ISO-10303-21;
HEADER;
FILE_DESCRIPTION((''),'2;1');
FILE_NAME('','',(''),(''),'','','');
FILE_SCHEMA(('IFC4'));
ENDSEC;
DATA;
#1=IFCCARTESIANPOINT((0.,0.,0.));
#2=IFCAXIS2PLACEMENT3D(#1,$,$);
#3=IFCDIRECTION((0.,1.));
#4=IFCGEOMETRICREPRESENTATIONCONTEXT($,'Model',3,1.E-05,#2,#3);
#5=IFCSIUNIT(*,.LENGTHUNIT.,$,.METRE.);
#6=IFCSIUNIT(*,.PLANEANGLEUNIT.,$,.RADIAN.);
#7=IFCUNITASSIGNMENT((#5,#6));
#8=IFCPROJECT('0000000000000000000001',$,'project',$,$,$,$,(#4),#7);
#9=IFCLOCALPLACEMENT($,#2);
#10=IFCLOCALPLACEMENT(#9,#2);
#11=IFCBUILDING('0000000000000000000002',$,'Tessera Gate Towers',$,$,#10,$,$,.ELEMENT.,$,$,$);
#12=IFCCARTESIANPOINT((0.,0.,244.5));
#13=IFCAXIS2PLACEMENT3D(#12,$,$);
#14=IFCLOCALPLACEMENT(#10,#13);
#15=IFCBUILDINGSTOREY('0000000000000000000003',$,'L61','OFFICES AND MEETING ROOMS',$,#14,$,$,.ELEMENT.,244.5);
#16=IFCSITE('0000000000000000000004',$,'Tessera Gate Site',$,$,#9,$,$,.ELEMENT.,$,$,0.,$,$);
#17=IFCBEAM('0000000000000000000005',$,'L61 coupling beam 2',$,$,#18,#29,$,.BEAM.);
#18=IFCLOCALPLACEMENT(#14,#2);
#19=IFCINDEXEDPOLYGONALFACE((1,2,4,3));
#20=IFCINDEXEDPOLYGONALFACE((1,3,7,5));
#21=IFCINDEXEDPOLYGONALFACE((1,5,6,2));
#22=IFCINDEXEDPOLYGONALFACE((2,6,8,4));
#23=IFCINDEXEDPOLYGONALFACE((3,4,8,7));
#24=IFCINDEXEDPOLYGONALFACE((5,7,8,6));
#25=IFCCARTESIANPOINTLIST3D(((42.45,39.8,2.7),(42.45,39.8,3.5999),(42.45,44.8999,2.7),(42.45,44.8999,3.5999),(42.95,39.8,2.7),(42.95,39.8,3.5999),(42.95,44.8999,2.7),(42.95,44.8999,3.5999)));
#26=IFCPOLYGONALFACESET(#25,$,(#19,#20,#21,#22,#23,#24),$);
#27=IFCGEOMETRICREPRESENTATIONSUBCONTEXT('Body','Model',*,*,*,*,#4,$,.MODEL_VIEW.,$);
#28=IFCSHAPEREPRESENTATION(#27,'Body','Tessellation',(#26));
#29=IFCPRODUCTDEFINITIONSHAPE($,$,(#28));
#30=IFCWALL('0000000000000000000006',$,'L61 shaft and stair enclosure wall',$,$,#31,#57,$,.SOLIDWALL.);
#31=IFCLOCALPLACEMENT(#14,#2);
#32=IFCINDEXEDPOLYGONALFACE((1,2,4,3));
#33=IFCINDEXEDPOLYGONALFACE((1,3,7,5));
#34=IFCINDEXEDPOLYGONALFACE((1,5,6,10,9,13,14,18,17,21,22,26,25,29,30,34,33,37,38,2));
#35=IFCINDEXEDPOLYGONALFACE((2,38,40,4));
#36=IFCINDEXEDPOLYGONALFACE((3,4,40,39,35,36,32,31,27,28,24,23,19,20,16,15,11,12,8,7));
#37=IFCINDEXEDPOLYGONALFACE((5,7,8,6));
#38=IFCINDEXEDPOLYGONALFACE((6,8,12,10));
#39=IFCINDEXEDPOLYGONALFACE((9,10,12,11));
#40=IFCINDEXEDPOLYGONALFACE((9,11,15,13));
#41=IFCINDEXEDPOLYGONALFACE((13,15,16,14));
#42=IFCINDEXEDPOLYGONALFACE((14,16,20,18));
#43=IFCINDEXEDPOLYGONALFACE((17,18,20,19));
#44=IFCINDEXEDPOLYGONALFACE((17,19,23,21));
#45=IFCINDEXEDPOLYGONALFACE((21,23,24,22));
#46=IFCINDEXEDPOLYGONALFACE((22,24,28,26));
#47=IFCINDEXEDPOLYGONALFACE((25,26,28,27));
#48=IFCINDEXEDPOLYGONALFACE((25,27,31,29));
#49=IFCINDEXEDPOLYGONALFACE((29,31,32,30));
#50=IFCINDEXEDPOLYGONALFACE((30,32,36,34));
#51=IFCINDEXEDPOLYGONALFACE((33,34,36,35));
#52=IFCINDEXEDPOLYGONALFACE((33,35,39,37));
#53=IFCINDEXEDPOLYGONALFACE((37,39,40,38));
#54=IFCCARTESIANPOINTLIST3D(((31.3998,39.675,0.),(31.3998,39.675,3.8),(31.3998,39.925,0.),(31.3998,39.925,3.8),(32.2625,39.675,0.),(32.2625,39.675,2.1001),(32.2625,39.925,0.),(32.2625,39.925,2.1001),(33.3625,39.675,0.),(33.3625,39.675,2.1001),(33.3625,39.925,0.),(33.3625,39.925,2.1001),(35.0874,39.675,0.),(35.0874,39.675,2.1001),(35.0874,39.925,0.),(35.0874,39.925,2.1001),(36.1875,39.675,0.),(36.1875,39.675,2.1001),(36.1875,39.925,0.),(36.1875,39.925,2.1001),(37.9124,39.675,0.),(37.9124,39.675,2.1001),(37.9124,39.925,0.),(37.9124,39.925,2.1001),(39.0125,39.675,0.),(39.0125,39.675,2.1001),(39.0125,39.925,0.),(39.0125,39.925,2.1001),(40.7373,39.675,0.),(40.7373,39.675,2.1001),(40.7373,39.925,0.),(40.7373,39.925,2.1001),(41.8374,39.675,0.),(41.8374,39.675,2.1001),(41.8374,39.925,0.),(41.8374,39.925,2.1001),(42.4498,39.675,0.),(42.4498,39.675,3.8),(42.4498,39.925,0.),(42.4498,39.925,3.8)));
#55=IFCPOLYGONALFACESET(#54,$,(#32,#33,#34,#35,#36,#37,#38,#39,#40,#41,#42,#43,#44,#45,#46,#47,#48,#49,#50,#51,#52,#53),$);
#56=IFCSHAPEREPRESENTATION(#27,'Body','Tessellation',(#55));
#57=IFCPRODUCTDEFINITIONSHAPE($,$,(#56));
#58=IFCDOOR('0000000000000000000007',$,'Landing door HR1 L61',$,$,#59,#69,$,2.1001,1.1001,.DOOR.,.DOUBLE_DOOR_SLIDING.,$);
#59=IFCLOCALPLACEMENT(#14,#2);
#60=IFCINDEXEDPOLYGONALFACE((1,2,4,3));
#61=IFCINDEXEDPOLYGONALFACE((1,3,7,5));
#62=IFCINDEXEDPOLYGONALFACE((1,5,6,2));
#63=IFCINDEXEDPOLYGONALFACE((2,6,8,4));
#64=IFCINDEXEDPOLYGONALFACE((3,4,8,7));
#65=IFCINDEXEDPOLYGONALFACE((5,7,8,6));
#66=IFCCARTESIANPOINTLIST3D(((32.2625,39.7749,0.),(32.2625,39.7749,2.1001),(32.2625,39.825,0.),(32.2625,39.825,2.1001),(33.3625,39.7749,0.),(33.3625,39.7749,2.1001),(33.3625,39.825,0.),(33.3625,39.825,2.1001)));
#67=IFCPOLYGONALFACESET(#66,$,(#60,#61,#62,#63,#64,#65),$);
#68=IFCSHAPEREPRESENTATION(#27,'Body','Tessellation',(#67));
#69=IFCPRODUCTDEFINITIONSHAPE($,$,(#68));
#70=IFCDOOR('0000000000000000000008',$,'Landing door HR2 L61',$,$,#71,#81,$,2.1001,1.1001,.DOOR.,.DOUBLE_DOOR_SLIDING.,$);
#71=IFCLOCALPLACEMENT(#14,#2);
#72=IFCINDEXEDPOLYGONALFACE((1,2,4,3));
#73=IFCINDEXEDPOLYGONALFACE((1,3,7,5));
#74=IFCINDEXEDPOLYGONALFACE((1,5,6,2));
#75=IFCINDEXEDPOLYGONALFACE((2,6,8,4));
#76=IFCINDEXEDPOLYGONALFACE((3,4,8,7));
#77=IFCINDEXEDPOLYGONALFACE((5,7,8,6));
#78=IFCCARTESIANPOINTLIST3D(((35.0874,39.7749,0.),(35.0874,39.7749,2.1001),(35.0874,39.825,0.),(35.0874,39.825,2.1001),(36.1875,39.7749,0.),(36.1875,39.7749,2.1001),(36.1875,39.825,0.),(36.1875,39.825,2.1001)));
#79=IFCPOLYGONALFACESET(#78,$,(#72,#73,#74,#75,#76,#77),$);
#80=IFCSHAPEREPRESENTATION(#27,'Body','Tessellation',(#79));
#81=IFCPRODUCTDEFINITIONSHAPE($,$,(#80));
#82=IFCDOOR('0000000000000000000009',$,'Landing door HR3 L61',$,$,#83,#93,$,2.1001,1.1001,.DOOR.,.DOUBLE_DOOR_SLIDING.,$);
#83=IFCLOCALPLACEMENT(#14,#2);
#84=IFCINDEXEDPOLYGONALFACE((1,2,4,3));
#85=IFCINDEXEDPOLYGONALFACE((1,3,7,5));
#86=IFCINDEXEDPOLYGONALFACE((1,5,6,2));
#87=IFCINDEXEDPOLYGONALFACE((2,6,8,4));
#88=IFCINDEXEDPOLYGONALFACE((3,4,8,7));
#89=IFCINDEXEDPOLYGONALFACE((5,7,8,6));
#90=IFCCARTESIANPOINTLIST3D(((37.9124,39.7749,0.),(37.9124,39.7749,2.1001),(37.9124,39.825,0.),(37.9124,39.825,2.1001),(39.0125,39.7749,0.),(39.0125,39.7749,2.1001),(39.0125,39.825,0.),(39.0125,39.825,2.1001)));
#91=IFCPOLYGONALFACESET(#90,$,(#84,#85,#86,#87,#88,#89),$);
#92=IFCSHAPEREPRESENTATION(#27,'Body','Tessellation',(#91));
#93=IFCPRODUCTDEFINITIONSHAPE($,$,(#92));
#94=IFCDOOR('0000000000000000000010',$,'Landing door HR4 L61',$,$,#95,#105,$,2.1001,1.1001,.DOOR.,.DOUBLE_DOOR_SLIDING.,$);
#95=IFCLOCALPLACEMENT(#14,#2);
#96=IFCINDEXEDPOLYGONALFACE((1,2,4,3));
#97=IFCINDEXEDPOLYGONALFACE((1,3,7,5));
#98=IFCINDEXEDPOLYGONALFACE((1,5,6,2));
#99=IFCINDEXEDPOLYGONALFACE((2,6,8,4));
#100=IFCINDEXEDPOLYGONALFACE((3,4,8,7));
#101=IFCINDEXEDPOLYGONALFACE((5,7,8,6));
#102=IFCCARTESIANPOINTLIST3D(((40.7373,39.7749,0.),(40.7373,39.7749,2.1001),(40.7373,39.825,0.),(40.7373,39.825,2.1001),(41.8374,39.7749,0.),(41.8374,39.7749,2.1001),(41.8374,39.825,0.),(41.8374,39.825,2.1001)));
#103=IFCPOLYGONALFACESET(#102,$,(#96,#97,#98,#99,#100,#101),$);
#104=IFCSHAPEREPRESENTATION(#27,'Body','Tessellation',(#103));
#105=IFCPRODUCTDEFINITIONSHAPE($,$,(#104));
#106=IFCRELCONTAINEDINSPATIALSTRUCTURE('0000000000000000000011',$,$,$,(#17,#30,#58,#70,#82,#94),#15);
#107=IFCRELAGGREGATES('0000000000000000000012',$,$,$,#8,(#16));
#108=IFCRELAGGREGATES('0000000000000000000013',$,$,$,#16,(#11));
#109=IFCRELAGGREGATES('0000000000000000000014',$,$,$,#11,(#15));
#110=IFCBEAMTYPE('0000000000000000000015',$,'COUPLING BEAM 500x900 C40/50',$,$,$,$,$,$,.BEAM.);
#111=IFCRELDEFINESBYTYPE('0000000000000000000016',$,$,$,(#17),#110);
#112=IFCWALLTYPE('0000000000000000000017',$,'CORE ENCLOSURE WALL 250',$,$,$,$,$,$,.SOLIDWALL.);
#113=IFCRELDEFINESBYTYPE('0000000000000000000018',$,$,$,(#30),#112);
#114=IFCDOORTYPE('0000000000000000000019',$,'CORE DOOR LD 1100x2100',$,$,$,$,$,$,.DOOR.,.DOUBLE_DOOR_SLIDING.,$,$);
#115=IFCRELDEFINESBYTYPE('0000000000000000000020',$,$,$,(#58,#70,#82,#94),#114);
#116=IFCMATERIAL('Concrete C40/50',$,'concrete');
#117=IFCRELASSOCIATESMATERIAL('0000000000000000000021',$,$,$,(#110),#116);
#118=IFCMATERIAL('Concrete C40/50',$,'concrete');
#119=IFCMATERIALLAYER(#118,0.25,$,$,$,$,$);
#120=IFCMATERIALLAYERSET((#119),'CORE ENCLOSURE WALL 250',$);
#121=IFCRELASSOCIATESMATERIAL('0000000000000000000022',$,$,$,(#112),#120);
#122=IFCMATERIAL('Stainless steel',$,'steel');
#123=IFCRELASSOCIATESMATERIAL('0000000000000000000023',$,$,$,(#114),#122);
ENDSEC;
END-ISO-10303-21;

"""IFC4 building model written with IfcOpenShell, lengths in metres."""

from ifc_helpers import new_model, si_unit, direction, frame, frame_2d, origin, origin_2d, place, context, subcontext, project, spatial, rectangle, extrude, source, transform, mapped, material, layer, layer_set, material_profile, profile_set, type_object, element, fill, save


model = new_model("IFC4")

# Units and contexts
model_context = context("Model", 3, precision=1e-05, world=origin(), true_north=direction((0.0, 1.0)))
body_context = subcontext(model_context, "Body", "Model", "MODEL_VIEW")
ifc_project = project(units=[si_unit("LENGTHUNIT", "METRE"), si_unit("PLANEANGLEUNIT", "RADIAN")], contexts=[model_context])

# Site, building, storey
site_placement = place(None, origin())
site = spatial("IfcSite", under=ifc_project, at=site_placement, Name="Tessera Gate Site", CompositionType="ELEMENT", RefElevation=0.0)
building_placement = place(site_placement, origin())
building = spatial("IfcBuilding", under=site, at=building_placement, Name="Tessera Gate Towers", CompositionType="ELEMENT")
storey_placement = place(building_placement, frame((0.0, 0.0, 244.5)))
storey = spatial("IfcBuildingStorey", under=building, at=storey_placement, Name="L61", Description="OFFICES AND MEETING ROOMS", CompositionType="ELEMENT", Elevation=244.5)

# Beam
ifc_material_1 = material(Name="Concrete C40/50", Category="concrete")
ifc_material_profile = material_profile(ifc_material_1, rectangle(XDim=0.5, YDim=0.8999, at=origin_2d()), Name="RC 500x900")
ifc_profile_set = profile_set([ifc_material_profile], Name="Concrete C40/50")
beam_type = type_object("IfcBeamType", Name="COUPLING BEAM 500x900 C40/50", PredefinedType="BEAM", material=ifc_profile_set)
beam_placement = place(storey_placement, frame((42.7, 39.8, 3.1499), z_axis=(0.0, 1.0, 0.0), x_axis=(-1.0, 0.0, 0.0)))
element("IfcBeam", 1, at=beam_placement, inside=storey, type_object=beam_type, Name="L61 coupling beam 2", PredefinedType="BEAM", context=body_context, shape_type="SweptSolid", body=[
    extrude(rectangle(XDim=0.5, YDim=0.8999, at=origin_2d()), origin(), (0.0, 0.0, 1.0), 5.0999),
])

# Wall, openings, doors
ifc_material_2 = material(Name="Concrete C40/50", Category="concrete")
ifc_layer_1 = layer(ifc_material_2, 0.25)
ifc_layer_set_1 = layer_set([ifc_layer_1], Name="CORE ENCLOSURE WALL 250")
wall_type_1 = type_object("IfcWallType", Name="CORE ENCLOSURE WALL 250", PredefinedType="SOLIDWALL", material=ifc_layer_set_1)
wall_1_placement = place(storey_placement, frame((31.3999, 39.8, 0.0), z_axis=(0.0, 0.0, 1.0), x_axis=(1.0, 0.0, 0.0)))
wall_1 = element("IfcWall", 2, at=wall_1_placement, inside=storey, type_object=wall_type_1, Name="L61 shaft and stair enclosure wall", PredefinedType="SOLIDWALL", context=body_context, shape_type="SweptSolid", body=[
    extrude(rectangle(XDim=11.05, YDim=0.25, at=frame_2d((5.5249, 0.0))), origin(), (0.0, 0.0, 1.0), 3.8),
])
shared_shape_1 = source(origin(), body_context, "Body", "SweptSolid", [
    extrude(rectangle(XDim=1.1001, YDim=2.1001, at=frame_2d((0.55, 1.05))), frame((0.0, 0.135, 0.0), z_axis=(0.0, -1.0, 0.0), x_axis=(1.0, 0.0, 0.0)), (0.0, 0.0, 1.0), 0.27),
])
opening_1_placement = place(wall_1_placement, frame((0.8625, 0.0, 0.0)))
opening_1 = element("IfcOpeningElement", 3, at=opening_1_placement, cuts=wall_1, PredefinedType="OPENING", context=body_context, shape_type="MappedRepresentation", body=[
    mapped(shared_shape_1, transform((0.0, 0.0, 0.0), scale=1.0)),
])
opening_2_placement = place(wall_1_placement, frame((3.6875, 0.0, 0.0)))
opening_2 = element("IfcOpeningElement", 4, at=opening_2_placement, cuts=wall_1, PredefinedType="OPENING", context=body_context, shape_type="MappedRepresentation", body=[
    mapped(shared_shape_1, transform((0.0, 0.0, 0.0), scale=1.0)),
])
opening_3_placement = place(wall_1_placement, frame((6.5125, 0.0, 0.0)))
opening_3 = element("IfcOpeningElement", 5, at=opening_3_placement, cuts=wall_1, PredefinedType="OPENING", context=body_context, shape_type="MappedRepresentation", body=[
    mapped(shared_shape_1, transform((0.0, 0.0, 0.0), scale=1.0)),
])
opening_4_placement = place(wall_1_placement, frame((9.3374, 0.0, 0.0)))
opening_4 = element("IfcOpeningElement", 6, at=opening_4_placement, cuts=wall_1, PredefinedType="OPENING", context=body_context, shape_type="MappedRepresentation", body=[
    mapped(shared_shape_1, transform((0.0, 0.0, 0.0), scale=1.0)),
])
ifc_material_3 = material(Name="Stainless steel", Category="steel")
door_type_1 = type_object("IfcDoorType", Name="CORE DOOR LD 1100x2100", OperationType="DOUBLE_DOOR_SLIDING", PredefinedType="DOOR", material=ifc_material_3)
shared_shape_2 = source(origin(), body_context, "Body", "SweptSolid", [
    extrude(rectangle(XDim=1.1001, YDim=2.1001, at=frame_2d((0.55, 1.05))), frame((0.0, 0.0249, 0.0), z_axis=(0.0, -1.0, 0.0), x_axis=(1.0, 0.0, 0.0)), (0.0, 0.0, 1.0), 0.05),
])
door_1_placement = place(opening_1_placement, origin())
door_1 = element("IfcDoor", 7, at=door_1_placement, inside=storey, type_object=door_type_1, Name="Landing door HR1 L61", OperationType="DOUBLE_DOOR_SLIDING", OverallHeight=2.1001, OverallWidth=1.1001, PredefinedType="DOOR", context=body_context, shape_type="MappedRepresentation", body=[
    mapped(shared_shape_2, transform((0.0, 0.0, 0.0), scale=1.0)),
])
fill(opening_1, door_1)
door_2_placement = place(opening_2_placement, origin())
door_2 = element("IfcDoor", 8, at=door_2_placement, inside=storey, type_object=door_type_1, Name="Landing door HR2 L61", OperationType="DOUBLE_DOOR_SLIDING", OverallHeight=2.1001, OverallWidth=1.1001, PredefinedType="DOOR", context=body_context, shape_type="MappedRepresentation", body=[
    mapped(shared_shape_2, transform((0.0, 0.0, 0.0), scale=1.0)),
])
fill(opening_2, door_2)
door_3_placement = place(opening_3_placement, origin())
door_3 = element("IfcDoor", 9, at=door_3_placement, inside=storey, type_object=door_type_1, Name="Landing door HR3 L61", OperationType="DOUBLE_DOOR_SLIDING", OverallHeight=2.1001, OverallWidth=1.1001, PredefinedType="DOOR", context=body_context, shape_type="MappedRepresentation", body=[
    mapped(shared_shape_2, transform((0.0, 0.0, 0.0), scale=1.0)),
])
fill(opening_3, door_3)
door_4_placement = place(opening_4_placement, origin())
door_4 = element("IfcDoor", 10, at=door_4_placement, inside=storey, type_object=door_type_1, Name="Landing door HR4 L61", OperationType="DOUBLE_DOOR_SLIDING", OverallHeight=2.1001, OverallWidth=1.1001, PredefinedType="DOOR", context=body_context, shape_type="MappedRepresentation", body=[
    mapped(shared_shape_2, transform((0.0, 0.0, 0.0), scale=1.0)),
])
fill(opening_4, door_4)

save(model, "model.ifc")
